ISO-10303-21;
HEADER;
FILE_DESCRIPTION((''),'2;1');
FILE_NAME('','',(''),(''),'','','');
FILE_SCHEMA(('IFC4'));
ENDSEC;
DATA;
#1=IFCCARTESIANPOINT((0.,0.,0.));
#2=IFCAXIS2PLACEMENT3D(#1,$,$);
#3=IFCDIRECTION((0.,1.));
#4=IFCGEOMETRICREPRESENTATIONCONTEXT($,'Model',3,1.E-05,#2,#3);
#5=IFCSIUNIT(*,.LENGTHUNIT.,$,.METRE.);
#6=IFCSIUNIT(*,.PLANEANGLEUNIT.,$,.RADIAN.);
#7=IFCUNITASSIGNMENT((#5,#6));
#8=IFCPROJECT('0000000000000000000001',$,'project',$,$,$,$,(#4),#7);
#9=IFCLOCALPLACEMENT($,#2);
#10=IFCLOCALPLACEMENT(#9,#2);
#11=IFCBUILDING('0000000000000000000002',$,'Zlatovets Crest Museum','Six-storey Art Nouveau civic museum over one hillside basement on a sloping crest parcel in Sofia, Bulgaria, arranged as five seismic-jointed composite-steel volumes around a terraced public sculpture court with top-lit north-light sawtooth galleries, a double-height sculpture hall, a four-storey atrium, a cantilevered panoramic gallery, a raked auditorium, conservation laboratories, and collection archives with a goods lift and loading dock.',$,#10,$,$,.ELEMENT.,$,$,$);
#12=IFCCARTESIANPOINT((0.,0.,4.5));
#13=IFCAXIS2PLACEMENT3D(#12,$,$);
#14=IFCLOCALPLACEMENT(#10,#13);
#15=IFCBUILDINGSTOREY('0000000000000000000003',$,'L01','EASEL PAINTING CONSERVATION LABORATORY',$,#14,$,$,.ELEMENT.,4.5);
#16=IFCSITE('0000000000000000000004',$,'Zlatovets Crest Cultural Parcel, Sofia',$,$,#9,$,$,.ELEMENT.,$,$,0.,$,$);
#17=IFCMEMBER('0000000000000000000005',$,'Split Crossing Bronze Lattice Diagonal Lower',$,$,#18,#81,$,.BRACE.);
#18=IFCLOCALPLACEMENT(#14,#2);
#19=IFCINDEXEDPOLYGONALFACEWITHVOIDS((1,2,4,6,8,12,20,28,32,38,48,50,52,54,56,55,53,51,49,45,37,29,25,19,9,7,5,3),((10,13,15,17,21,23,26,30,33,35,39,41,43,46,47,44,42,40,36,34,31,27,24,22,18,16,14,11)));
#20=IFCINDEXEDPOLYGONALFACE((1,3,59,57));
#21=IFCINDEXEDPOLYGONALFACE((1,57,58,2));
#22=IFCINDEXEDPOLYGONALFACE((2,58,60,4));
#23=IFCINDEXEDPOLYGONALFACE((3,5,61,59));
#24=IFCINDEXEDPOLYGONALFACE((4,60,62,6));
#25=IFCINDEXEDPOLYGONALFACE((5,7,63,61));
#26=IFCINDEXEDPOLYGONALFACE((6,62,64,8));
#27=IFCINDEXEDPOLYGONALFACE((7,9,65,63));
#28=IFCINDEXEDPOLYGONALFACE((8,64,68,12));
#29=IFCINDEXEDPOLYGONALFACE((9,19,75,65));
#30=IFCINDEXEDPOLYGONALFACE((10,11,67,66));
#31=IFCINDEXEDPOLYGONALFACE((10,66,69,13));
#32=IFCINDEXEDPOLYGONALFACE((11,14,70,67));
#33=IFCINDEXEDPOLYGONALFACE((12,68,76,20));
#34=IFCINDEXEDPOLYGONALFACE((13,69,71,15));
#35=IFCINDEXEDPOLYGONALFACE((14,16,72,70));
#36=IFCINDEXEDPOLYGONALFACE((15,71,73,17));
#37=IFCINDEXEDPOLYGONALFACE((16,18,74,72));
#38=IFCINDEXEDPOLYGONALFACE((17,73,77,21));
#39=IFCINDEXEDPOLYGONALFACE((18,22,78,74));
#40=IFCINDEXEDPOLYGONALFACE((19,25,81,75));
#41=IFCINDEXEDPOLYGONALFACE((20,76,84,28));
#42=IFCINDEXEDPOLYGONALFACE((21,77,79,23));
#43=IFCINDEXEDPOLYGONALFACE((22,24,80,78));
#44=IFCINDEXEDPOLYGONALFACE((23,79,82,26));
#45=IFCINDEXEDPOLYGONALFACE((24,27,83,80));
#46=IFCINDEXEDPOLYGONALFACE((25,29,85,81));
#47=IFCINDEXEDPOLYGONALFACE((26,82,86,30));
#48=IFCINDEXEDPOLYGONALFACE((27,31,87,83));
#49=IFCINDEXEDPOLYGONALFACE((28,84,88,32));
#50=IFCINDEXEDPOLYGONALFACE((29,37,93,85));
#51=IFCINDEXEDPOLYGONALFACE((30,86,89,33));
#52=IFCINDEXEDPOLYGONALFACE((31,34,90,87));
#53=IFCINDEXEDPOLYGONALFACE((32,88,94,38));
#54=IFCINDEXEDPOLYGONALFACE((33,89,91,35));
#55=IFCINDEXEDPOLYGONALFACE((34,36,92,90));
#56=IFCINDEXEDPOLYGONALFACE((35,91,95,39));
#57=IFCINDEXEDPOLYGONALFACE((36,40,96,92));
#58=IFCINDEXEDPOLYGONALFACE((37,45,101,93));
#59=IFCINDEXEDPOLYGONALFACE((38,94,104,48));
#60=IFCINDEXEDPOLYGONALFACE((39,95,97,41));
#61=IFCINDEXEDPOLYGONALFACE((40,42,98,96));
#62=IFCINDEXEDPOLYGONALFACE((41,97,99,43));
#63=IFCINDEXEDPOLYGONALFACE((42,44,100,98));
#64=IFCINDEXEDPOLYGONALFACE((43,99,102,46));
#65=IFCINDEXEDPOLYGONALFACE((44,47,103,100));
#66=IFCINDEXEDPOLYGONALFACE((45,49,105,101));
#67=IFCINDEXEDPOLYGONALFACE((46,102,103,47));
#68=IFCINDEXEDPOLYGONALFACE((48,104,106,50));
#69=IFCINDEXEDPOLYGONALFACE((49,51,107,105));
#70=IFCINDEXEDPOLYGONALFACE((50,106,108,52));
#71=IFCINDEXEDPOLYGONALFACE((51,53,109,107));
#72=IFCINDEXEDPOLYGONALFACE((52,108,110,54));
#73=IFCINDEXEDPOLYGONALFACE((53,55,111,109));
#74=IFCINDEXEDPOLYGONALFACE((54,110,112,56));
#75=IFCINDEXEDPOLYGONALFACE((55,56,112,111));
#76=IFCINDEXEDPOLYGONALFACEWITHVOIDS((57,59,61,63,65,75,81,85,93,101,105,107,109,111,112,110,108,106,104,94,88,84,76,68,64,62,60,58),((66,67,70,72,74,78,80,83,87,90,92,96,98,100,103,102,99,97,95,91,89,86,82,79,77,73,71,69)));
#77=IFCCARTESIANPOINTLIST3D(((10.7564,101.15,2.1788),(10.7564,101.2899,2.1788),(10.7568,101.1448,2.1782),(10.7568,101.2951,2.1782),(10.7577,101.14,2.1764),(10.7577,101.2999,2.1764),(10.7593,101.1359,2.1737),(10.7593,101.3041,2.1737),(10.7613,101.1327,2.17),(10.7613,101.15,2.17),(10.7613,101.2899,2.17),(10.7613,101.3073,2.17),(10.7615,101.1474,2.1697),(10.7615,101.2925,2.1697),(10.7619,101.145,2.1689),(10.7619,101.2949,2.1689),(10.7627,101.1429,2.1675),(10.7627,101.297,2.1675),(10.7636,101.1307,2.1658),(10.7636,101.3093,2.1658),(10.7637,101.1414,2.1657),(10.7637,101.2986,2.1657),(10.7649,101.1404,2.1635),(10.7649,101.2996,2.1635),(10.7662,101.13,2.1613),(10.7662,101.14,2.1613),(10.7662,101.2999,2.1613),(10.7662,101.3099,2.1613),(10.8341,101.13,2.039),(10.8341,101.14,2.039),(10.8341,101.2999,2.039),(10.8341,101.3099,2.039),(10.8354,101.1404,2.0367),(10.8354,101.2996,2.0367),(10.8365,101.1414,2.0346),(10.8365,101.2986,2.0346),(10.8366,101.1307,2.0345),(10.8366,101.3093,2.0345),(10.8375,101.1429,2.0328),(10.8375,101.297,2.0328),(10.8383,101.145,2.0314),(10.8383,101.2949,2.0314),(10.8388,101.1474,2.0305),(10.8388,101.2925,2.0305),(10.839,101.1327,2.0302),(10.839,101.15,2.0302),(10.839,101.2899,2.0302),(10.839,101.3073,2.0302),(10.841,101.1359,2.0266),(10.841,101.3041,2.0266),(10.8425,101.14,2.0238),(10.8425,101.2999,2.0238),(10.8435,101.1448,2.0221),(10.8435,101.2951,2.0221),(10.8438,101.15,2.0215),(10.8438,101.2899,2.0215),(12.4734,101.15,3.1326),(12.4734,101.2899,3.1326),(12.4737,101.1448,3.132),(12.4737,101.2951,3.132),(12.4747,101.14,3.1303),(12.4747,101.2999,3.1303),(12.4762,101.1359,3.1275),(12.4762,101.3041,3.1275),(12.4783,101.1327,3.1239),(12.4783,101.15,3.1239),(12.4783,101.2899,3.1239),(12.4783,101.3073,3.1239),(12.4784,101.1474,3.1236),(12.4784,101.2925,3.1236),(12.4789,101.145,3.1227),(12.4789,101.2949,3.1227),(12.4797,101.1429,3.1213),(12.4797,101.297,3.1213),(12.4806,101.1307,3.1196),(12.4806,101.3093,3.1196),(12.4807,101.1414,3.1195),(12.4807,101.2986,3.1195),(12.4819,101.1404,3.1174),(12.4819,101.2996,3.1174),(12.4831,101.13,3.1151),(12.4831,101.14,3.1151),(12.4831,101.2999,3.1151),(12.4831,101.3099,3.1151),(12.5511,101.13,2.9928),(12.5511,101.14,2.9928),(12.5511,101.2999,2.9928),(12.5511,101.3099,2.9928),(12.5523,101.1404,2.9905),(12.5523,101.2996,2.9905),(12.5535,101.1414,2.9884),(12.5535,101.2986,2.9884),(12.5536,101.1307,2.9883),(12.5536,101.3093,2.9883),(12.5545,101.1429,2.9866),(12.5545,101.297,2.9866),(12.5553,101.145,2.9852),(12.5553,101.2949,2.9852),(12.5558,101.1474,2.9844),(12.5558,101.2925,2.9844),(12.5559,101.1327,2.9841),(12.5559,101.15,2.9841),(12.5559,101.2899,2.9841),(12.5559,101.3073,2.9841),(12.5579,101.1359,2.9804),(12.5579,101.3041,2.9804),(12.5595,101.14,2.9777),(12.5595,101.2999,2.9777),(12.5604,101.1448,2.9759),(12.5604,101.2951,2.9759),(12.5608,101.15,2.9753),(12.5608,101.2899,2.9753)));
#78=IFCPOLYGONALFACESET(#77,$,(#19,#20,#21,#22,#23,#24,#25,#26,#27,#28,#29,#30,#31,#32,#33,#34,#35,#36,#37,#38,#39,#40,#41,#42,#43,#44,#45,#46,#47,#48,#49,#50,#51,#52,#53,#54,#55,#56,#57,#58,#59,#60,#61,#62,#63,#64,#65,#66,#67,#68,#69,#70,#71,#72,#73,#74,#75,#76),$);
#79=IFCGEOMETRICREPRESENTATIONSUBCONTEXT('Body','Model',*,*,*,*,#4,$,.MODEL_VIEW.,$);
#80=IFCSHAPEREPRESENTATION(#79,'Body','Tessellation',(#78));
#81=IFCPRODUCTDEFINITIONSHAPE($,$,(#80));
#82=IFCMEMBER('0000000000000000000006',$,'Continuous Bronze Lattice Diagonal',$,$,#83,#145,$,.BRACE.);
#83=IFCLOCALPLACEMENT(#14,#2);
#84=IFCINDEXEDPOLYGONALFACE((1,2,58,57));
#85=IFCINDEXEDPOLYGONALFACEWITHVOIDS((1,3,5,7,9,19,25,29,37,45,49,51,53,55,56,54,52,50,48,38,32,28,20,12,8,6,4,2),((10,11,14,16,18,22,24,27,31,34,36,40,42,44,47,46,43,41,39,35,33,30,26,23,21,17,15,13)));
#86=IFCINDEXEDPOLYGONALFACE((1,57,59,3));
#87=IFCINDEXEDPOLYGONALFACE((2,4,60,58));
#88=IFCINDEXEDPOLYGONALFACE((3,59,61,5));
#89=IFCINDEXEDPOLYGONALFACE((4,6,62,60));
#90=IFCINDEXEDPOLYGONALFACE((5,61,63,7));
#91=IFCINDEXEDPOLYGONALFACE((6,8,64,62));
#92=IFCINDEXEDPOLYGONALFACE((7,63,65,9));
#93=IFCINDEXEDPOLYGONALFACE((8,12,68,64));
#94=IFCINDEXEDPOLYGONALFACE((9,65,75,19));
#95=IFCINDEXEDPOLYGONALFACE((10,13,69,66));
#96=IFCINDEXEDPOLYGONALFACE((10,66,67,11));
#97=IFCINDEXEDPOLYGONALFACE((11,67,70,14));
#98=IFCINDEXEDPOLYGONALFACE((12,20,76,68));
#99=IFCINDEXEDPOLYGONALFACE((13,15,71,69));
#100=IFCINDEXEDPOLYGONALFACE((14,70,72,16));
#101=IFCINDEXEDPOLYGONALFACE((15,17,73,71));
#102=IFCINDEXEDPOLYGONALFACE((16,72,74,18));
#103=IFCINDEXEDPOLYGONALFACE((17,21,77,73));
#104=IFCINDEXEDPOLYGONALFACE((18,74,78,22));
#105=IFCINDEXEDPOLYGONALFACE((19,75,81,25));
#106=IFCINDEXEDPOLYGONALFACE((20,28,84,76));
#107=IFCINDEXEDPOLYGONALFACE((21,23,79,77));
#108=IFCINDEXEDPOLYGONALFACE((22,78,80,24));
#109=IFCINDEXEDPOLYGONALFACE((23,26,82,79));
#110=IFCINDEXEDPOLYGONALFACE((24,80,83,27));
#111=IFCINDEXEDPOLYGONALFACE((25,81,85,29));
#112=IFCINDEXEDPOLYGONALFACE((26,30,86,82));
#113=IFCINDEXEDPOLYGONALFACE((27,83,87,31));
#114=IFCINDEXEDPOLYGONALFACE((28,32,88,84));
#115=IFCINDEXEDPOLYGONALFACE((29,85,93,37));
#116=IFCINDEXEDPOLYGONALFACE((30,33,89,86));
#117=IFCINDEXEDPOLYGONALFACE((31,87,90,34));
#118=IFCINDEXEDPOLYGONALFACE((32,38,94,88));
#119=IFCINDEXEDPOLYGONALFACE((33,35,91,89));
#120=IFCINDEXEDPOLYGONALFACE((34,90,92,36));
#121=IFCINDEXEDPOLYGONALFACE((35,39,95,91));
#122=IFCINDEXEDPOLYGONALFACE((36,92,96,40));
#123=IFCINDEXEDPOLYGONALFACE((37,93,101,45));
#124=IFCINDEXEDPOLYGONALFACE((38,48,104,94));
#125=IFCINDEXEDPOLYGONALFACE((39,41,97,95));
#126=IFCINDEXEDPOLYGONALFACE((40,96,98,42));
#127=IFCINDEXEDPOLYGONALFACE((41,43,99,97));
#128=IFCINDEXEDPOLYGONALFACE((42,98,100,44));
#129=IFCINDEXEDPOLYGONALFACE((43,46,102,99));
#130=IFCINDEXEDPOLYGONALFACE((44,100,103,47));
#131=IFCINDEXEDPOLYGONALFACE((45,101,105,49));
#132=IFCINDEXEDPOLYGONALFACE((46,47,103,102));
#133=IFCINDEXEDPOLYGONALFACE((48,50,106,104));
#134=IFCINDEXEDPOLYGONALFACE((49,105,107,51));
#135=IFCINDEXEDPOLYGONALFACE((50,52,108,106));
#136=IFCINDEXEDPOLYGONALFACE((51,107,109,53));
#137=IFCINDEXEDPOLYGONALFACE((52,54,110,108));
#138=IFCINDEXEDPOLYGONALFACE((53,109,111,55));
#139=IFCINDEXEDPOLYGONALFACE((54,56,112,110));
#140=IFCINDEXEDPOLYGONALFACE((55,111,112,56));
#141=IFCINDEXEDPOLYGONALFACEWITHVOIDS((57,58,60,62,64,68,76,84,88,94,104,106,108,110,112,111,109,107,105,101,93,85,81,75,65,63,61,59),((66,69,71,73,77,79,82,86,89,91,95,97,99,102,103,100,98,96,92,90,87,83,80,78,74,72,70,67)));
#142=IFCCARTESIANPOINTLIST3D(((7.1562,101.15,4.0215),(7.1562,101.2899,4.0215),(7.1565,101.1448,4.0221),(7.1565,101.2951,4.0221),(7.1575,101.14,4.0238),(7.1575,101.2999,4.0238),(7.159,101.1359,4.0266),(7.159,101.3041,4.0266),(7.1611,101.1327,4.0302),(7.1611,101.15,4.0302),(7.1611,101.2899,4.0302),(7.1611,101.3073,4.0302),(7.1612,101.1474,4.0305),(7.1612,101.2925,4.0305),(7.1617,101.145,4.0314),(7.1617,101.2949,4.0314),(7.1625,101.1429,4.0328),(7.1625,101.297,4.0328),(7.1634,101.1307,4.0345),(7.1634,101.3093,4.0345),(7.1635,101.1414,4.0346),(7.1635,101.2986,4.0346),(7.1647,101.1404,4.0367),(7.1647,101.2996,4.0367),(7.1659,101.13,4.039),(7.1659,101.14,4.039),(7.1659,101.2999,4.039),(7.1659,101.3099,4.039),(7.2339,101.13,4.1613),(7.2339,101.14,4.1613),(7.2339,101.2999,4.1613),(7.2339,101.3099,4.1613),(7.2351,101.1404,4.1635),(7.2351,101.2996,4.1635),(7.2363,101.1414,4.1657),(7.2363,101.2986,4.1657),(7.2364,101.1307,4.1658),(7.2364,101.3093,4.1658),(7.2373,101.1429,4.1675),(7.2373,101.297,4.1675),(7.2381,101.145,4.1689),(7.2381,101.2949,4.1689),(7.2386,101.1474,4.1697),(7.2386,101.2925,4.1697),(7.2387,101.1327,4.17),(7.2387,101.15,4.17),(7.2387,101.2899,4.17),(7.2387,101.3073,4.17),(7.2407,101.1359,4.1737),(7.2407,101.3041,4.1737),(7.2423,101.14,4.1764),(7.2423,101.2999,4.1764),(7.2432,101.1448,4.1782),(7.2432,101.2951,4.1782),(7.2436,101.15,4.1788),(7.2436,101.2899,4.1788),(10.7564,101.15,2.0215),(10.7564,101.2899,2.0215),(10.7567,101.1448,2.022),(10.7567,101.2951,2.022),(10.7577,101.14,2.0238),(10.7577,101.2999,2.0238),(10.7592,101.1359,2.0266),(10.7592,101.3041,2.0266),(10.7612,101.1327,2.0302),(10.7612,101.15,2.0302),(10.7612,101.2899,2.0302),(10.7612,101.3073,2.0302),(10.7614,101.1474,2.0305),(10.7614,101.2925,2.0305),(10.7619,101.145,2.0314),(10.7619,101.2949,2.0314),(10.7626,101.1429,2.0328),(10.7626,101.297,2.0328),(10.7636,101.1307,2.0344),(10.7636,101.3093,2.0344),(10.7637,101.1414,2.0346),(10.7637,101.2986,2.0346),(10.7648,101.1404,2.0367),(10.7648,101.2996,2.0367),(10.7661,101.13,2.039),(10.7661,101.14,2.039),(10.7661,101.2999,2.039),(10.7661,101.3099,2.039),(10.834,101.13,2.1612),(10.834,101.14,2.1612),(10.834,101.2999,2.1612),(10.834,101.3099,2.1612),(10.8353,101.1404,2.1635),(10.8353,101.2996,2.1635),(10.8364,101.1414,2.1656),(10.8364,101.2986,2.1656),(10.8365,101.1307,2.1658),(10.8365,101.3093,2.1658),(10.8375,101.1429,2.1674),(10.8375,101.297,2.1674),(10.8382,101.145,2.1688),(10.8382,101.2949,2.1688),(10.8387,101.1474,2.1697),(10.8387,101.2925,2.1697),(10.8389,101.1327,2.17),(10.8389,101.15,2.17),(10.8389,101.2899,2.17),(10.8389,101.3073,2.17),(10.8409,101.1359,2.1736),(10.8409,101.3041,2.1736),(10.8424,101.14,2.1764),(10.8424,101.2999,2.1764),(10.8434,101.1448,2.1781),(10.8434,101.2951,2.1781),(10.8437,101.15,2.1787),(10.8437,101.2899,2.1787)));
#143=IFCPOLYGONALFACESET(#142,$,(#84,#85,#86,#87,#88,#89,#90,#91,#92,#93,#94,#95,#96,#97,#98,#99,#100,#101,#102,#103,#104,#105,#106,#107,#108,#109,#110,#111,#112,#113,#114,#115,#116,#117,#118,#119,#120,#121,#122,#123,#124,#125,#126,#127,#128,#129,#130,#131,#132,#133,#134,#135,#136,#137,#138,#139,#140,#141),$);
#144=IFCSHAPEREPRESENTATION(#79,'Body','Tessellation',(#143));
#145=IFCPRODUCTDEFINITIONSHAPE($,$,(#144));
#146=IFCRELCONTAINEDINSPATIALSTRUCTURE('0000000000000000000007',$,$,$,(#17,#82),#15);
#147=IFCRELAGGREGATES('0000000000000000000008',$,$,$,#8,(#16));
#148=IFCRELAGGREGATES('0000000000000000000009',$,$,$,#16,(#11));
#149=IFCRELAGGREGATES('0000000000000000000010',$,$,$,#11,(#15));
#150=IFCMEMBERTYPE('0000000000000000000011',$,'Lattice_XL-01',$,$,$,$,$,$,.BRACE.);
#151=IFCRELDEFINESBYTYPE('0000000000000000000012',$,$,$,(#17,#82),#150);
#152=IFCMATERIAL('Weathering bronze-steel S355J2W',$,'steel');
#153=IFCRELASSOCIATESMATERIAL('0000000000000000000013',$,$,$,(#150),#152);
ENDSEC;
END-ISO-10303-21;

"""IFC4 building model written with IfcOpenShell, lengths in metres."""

from ifc_helpers import new_model, si_unit, direction, frame, origin, origin_2d, place, context, subcontext, project, spatial, hollow_rectangle, extrude, material, material_profile, profile_set, type_object, element, save


model = new_model("IFC4")

# Units and contexts
model_context = context("Model", 3, precision=1e-05, world=origin(), true_north=direction((0.0, 1.0)))
body_context = subcontext(model_context, "Body", "Model", "MODEL_VIEW")
ifc_project = project(units=[si_unit("LENGTHUNIT", "METRE"), si_unit("PLANEANGLEUNIT", "RADIAN")], contexts=[model_context])

# Site, building, storey
site_placement = place(None, origin())
site = spatial("IfcSite", under=ifc_project, at=site_placement, Name="Zlatovets Crest Cultural Parcel, Sofia", CompositionType="ELEMENT", RefElevation=0.0)
building_placement = place(site_placement, origin())
building = spatial("IfcBuilding", under=site, at=building_placement, Name="Zlatovets Crest Museum", Description="Six-storey Art Nouveau civic museum over one hillside basement on a sloping crest parcel in Sofia, Bulgaria, arranged as five seismic-jointed composite-steel volumes around a terraced public sculpture court with top-lit north-light sawtooth galleries, a double-height sculpture hall, a four-storey atrium, a cantilevered panoramic gallery, a raked auditorium, conservation laboratories, and collection archives with a goods lift and loading dock.", CompositionType="ELEMENT")
storey_placement = place(building_placement, frame((0.0, 0.0, 4.5)))
storey = spatial("IfcBuildingStorey", under=building, at=storey_placement, Name="L01", Description="EASEL PAINTING CONSERVATION LABORATORY", CompositionType="ELEMENT", Elevation=4.5)

# Members
ifc_material_1 = material(Name="Weathering bronze-steel S355J2W", Category="steel")
ifc_material_profile_1 = material_profile(ifc_material_1, hollow_rectangle(XDim=0.1799, YDim=0.1799, WallThickness=0.01, InnerFilletRadius=0.01, OuterFilletRadius=0.02, at=origin_2d()), Name="SHS 180x180x10.0")
ifc_profile_set_1 = profile_set([ifc_material_profile_1], Name="Weathering bronze-steel S355J2W")
member_type_1 = type_object("IfcMemberType", Name="Lattice_XL-01", PredefinedType="BRACE", material=ifc_profile_set_1)
for number, where, z_axis, x_axis, name in (
    (1, (12.5171, 101.22, 3.054), (-0.874169, 0.0, -0.485622), (0.0, -1.0, 0.0), "Split Crossing Bronze Lattice Diagonal Lower"),
):
    element("IfcMember", number, at=place(storey_placement, frame(where, z_axis=z_axis, x_axis=x_axis)), inside=storey, type_object=member_type_1, Name=name, PredefinedType="BRACE", context=body_context, shape_type="SweptSolid", body=[
        extrude(hollow_rectangle(XDim=0.1799, YDim=0.1799, WallThickness=0.01, InnerFilletRadius=0.01, OuterFilletRadius=0.02, at=origin_2d()), origin(), (0.0, 0.0, 1.0), 1.9641),
    ])
member_1_placement = place(storey_placement, frame((10.8, 101.22, 2.1001), z_axis=(-0.874163, 0.0, 0.485633), x_axis=(0.0, -1.0, 0.0)))
element("IfcMember", 2, at=member_1_placement, inside=storey, type_object=member_type_1, Name="Continuous Bronze Lattice Diagonal", PredefinedType="BRACE", context=body_context, shape_type="SweptSolid", body=[
    extrude(hollow_rectangle(XDim=0.1799, YDim=0.1799, WallThickness=0.01, InnerFilletRadius=0.01, OuterFilletRadius=0.02, at=origin_2d()), origin(), (0.0, 0.0, 1.0), 4.1184),
])

save(model, "model.ifc")
